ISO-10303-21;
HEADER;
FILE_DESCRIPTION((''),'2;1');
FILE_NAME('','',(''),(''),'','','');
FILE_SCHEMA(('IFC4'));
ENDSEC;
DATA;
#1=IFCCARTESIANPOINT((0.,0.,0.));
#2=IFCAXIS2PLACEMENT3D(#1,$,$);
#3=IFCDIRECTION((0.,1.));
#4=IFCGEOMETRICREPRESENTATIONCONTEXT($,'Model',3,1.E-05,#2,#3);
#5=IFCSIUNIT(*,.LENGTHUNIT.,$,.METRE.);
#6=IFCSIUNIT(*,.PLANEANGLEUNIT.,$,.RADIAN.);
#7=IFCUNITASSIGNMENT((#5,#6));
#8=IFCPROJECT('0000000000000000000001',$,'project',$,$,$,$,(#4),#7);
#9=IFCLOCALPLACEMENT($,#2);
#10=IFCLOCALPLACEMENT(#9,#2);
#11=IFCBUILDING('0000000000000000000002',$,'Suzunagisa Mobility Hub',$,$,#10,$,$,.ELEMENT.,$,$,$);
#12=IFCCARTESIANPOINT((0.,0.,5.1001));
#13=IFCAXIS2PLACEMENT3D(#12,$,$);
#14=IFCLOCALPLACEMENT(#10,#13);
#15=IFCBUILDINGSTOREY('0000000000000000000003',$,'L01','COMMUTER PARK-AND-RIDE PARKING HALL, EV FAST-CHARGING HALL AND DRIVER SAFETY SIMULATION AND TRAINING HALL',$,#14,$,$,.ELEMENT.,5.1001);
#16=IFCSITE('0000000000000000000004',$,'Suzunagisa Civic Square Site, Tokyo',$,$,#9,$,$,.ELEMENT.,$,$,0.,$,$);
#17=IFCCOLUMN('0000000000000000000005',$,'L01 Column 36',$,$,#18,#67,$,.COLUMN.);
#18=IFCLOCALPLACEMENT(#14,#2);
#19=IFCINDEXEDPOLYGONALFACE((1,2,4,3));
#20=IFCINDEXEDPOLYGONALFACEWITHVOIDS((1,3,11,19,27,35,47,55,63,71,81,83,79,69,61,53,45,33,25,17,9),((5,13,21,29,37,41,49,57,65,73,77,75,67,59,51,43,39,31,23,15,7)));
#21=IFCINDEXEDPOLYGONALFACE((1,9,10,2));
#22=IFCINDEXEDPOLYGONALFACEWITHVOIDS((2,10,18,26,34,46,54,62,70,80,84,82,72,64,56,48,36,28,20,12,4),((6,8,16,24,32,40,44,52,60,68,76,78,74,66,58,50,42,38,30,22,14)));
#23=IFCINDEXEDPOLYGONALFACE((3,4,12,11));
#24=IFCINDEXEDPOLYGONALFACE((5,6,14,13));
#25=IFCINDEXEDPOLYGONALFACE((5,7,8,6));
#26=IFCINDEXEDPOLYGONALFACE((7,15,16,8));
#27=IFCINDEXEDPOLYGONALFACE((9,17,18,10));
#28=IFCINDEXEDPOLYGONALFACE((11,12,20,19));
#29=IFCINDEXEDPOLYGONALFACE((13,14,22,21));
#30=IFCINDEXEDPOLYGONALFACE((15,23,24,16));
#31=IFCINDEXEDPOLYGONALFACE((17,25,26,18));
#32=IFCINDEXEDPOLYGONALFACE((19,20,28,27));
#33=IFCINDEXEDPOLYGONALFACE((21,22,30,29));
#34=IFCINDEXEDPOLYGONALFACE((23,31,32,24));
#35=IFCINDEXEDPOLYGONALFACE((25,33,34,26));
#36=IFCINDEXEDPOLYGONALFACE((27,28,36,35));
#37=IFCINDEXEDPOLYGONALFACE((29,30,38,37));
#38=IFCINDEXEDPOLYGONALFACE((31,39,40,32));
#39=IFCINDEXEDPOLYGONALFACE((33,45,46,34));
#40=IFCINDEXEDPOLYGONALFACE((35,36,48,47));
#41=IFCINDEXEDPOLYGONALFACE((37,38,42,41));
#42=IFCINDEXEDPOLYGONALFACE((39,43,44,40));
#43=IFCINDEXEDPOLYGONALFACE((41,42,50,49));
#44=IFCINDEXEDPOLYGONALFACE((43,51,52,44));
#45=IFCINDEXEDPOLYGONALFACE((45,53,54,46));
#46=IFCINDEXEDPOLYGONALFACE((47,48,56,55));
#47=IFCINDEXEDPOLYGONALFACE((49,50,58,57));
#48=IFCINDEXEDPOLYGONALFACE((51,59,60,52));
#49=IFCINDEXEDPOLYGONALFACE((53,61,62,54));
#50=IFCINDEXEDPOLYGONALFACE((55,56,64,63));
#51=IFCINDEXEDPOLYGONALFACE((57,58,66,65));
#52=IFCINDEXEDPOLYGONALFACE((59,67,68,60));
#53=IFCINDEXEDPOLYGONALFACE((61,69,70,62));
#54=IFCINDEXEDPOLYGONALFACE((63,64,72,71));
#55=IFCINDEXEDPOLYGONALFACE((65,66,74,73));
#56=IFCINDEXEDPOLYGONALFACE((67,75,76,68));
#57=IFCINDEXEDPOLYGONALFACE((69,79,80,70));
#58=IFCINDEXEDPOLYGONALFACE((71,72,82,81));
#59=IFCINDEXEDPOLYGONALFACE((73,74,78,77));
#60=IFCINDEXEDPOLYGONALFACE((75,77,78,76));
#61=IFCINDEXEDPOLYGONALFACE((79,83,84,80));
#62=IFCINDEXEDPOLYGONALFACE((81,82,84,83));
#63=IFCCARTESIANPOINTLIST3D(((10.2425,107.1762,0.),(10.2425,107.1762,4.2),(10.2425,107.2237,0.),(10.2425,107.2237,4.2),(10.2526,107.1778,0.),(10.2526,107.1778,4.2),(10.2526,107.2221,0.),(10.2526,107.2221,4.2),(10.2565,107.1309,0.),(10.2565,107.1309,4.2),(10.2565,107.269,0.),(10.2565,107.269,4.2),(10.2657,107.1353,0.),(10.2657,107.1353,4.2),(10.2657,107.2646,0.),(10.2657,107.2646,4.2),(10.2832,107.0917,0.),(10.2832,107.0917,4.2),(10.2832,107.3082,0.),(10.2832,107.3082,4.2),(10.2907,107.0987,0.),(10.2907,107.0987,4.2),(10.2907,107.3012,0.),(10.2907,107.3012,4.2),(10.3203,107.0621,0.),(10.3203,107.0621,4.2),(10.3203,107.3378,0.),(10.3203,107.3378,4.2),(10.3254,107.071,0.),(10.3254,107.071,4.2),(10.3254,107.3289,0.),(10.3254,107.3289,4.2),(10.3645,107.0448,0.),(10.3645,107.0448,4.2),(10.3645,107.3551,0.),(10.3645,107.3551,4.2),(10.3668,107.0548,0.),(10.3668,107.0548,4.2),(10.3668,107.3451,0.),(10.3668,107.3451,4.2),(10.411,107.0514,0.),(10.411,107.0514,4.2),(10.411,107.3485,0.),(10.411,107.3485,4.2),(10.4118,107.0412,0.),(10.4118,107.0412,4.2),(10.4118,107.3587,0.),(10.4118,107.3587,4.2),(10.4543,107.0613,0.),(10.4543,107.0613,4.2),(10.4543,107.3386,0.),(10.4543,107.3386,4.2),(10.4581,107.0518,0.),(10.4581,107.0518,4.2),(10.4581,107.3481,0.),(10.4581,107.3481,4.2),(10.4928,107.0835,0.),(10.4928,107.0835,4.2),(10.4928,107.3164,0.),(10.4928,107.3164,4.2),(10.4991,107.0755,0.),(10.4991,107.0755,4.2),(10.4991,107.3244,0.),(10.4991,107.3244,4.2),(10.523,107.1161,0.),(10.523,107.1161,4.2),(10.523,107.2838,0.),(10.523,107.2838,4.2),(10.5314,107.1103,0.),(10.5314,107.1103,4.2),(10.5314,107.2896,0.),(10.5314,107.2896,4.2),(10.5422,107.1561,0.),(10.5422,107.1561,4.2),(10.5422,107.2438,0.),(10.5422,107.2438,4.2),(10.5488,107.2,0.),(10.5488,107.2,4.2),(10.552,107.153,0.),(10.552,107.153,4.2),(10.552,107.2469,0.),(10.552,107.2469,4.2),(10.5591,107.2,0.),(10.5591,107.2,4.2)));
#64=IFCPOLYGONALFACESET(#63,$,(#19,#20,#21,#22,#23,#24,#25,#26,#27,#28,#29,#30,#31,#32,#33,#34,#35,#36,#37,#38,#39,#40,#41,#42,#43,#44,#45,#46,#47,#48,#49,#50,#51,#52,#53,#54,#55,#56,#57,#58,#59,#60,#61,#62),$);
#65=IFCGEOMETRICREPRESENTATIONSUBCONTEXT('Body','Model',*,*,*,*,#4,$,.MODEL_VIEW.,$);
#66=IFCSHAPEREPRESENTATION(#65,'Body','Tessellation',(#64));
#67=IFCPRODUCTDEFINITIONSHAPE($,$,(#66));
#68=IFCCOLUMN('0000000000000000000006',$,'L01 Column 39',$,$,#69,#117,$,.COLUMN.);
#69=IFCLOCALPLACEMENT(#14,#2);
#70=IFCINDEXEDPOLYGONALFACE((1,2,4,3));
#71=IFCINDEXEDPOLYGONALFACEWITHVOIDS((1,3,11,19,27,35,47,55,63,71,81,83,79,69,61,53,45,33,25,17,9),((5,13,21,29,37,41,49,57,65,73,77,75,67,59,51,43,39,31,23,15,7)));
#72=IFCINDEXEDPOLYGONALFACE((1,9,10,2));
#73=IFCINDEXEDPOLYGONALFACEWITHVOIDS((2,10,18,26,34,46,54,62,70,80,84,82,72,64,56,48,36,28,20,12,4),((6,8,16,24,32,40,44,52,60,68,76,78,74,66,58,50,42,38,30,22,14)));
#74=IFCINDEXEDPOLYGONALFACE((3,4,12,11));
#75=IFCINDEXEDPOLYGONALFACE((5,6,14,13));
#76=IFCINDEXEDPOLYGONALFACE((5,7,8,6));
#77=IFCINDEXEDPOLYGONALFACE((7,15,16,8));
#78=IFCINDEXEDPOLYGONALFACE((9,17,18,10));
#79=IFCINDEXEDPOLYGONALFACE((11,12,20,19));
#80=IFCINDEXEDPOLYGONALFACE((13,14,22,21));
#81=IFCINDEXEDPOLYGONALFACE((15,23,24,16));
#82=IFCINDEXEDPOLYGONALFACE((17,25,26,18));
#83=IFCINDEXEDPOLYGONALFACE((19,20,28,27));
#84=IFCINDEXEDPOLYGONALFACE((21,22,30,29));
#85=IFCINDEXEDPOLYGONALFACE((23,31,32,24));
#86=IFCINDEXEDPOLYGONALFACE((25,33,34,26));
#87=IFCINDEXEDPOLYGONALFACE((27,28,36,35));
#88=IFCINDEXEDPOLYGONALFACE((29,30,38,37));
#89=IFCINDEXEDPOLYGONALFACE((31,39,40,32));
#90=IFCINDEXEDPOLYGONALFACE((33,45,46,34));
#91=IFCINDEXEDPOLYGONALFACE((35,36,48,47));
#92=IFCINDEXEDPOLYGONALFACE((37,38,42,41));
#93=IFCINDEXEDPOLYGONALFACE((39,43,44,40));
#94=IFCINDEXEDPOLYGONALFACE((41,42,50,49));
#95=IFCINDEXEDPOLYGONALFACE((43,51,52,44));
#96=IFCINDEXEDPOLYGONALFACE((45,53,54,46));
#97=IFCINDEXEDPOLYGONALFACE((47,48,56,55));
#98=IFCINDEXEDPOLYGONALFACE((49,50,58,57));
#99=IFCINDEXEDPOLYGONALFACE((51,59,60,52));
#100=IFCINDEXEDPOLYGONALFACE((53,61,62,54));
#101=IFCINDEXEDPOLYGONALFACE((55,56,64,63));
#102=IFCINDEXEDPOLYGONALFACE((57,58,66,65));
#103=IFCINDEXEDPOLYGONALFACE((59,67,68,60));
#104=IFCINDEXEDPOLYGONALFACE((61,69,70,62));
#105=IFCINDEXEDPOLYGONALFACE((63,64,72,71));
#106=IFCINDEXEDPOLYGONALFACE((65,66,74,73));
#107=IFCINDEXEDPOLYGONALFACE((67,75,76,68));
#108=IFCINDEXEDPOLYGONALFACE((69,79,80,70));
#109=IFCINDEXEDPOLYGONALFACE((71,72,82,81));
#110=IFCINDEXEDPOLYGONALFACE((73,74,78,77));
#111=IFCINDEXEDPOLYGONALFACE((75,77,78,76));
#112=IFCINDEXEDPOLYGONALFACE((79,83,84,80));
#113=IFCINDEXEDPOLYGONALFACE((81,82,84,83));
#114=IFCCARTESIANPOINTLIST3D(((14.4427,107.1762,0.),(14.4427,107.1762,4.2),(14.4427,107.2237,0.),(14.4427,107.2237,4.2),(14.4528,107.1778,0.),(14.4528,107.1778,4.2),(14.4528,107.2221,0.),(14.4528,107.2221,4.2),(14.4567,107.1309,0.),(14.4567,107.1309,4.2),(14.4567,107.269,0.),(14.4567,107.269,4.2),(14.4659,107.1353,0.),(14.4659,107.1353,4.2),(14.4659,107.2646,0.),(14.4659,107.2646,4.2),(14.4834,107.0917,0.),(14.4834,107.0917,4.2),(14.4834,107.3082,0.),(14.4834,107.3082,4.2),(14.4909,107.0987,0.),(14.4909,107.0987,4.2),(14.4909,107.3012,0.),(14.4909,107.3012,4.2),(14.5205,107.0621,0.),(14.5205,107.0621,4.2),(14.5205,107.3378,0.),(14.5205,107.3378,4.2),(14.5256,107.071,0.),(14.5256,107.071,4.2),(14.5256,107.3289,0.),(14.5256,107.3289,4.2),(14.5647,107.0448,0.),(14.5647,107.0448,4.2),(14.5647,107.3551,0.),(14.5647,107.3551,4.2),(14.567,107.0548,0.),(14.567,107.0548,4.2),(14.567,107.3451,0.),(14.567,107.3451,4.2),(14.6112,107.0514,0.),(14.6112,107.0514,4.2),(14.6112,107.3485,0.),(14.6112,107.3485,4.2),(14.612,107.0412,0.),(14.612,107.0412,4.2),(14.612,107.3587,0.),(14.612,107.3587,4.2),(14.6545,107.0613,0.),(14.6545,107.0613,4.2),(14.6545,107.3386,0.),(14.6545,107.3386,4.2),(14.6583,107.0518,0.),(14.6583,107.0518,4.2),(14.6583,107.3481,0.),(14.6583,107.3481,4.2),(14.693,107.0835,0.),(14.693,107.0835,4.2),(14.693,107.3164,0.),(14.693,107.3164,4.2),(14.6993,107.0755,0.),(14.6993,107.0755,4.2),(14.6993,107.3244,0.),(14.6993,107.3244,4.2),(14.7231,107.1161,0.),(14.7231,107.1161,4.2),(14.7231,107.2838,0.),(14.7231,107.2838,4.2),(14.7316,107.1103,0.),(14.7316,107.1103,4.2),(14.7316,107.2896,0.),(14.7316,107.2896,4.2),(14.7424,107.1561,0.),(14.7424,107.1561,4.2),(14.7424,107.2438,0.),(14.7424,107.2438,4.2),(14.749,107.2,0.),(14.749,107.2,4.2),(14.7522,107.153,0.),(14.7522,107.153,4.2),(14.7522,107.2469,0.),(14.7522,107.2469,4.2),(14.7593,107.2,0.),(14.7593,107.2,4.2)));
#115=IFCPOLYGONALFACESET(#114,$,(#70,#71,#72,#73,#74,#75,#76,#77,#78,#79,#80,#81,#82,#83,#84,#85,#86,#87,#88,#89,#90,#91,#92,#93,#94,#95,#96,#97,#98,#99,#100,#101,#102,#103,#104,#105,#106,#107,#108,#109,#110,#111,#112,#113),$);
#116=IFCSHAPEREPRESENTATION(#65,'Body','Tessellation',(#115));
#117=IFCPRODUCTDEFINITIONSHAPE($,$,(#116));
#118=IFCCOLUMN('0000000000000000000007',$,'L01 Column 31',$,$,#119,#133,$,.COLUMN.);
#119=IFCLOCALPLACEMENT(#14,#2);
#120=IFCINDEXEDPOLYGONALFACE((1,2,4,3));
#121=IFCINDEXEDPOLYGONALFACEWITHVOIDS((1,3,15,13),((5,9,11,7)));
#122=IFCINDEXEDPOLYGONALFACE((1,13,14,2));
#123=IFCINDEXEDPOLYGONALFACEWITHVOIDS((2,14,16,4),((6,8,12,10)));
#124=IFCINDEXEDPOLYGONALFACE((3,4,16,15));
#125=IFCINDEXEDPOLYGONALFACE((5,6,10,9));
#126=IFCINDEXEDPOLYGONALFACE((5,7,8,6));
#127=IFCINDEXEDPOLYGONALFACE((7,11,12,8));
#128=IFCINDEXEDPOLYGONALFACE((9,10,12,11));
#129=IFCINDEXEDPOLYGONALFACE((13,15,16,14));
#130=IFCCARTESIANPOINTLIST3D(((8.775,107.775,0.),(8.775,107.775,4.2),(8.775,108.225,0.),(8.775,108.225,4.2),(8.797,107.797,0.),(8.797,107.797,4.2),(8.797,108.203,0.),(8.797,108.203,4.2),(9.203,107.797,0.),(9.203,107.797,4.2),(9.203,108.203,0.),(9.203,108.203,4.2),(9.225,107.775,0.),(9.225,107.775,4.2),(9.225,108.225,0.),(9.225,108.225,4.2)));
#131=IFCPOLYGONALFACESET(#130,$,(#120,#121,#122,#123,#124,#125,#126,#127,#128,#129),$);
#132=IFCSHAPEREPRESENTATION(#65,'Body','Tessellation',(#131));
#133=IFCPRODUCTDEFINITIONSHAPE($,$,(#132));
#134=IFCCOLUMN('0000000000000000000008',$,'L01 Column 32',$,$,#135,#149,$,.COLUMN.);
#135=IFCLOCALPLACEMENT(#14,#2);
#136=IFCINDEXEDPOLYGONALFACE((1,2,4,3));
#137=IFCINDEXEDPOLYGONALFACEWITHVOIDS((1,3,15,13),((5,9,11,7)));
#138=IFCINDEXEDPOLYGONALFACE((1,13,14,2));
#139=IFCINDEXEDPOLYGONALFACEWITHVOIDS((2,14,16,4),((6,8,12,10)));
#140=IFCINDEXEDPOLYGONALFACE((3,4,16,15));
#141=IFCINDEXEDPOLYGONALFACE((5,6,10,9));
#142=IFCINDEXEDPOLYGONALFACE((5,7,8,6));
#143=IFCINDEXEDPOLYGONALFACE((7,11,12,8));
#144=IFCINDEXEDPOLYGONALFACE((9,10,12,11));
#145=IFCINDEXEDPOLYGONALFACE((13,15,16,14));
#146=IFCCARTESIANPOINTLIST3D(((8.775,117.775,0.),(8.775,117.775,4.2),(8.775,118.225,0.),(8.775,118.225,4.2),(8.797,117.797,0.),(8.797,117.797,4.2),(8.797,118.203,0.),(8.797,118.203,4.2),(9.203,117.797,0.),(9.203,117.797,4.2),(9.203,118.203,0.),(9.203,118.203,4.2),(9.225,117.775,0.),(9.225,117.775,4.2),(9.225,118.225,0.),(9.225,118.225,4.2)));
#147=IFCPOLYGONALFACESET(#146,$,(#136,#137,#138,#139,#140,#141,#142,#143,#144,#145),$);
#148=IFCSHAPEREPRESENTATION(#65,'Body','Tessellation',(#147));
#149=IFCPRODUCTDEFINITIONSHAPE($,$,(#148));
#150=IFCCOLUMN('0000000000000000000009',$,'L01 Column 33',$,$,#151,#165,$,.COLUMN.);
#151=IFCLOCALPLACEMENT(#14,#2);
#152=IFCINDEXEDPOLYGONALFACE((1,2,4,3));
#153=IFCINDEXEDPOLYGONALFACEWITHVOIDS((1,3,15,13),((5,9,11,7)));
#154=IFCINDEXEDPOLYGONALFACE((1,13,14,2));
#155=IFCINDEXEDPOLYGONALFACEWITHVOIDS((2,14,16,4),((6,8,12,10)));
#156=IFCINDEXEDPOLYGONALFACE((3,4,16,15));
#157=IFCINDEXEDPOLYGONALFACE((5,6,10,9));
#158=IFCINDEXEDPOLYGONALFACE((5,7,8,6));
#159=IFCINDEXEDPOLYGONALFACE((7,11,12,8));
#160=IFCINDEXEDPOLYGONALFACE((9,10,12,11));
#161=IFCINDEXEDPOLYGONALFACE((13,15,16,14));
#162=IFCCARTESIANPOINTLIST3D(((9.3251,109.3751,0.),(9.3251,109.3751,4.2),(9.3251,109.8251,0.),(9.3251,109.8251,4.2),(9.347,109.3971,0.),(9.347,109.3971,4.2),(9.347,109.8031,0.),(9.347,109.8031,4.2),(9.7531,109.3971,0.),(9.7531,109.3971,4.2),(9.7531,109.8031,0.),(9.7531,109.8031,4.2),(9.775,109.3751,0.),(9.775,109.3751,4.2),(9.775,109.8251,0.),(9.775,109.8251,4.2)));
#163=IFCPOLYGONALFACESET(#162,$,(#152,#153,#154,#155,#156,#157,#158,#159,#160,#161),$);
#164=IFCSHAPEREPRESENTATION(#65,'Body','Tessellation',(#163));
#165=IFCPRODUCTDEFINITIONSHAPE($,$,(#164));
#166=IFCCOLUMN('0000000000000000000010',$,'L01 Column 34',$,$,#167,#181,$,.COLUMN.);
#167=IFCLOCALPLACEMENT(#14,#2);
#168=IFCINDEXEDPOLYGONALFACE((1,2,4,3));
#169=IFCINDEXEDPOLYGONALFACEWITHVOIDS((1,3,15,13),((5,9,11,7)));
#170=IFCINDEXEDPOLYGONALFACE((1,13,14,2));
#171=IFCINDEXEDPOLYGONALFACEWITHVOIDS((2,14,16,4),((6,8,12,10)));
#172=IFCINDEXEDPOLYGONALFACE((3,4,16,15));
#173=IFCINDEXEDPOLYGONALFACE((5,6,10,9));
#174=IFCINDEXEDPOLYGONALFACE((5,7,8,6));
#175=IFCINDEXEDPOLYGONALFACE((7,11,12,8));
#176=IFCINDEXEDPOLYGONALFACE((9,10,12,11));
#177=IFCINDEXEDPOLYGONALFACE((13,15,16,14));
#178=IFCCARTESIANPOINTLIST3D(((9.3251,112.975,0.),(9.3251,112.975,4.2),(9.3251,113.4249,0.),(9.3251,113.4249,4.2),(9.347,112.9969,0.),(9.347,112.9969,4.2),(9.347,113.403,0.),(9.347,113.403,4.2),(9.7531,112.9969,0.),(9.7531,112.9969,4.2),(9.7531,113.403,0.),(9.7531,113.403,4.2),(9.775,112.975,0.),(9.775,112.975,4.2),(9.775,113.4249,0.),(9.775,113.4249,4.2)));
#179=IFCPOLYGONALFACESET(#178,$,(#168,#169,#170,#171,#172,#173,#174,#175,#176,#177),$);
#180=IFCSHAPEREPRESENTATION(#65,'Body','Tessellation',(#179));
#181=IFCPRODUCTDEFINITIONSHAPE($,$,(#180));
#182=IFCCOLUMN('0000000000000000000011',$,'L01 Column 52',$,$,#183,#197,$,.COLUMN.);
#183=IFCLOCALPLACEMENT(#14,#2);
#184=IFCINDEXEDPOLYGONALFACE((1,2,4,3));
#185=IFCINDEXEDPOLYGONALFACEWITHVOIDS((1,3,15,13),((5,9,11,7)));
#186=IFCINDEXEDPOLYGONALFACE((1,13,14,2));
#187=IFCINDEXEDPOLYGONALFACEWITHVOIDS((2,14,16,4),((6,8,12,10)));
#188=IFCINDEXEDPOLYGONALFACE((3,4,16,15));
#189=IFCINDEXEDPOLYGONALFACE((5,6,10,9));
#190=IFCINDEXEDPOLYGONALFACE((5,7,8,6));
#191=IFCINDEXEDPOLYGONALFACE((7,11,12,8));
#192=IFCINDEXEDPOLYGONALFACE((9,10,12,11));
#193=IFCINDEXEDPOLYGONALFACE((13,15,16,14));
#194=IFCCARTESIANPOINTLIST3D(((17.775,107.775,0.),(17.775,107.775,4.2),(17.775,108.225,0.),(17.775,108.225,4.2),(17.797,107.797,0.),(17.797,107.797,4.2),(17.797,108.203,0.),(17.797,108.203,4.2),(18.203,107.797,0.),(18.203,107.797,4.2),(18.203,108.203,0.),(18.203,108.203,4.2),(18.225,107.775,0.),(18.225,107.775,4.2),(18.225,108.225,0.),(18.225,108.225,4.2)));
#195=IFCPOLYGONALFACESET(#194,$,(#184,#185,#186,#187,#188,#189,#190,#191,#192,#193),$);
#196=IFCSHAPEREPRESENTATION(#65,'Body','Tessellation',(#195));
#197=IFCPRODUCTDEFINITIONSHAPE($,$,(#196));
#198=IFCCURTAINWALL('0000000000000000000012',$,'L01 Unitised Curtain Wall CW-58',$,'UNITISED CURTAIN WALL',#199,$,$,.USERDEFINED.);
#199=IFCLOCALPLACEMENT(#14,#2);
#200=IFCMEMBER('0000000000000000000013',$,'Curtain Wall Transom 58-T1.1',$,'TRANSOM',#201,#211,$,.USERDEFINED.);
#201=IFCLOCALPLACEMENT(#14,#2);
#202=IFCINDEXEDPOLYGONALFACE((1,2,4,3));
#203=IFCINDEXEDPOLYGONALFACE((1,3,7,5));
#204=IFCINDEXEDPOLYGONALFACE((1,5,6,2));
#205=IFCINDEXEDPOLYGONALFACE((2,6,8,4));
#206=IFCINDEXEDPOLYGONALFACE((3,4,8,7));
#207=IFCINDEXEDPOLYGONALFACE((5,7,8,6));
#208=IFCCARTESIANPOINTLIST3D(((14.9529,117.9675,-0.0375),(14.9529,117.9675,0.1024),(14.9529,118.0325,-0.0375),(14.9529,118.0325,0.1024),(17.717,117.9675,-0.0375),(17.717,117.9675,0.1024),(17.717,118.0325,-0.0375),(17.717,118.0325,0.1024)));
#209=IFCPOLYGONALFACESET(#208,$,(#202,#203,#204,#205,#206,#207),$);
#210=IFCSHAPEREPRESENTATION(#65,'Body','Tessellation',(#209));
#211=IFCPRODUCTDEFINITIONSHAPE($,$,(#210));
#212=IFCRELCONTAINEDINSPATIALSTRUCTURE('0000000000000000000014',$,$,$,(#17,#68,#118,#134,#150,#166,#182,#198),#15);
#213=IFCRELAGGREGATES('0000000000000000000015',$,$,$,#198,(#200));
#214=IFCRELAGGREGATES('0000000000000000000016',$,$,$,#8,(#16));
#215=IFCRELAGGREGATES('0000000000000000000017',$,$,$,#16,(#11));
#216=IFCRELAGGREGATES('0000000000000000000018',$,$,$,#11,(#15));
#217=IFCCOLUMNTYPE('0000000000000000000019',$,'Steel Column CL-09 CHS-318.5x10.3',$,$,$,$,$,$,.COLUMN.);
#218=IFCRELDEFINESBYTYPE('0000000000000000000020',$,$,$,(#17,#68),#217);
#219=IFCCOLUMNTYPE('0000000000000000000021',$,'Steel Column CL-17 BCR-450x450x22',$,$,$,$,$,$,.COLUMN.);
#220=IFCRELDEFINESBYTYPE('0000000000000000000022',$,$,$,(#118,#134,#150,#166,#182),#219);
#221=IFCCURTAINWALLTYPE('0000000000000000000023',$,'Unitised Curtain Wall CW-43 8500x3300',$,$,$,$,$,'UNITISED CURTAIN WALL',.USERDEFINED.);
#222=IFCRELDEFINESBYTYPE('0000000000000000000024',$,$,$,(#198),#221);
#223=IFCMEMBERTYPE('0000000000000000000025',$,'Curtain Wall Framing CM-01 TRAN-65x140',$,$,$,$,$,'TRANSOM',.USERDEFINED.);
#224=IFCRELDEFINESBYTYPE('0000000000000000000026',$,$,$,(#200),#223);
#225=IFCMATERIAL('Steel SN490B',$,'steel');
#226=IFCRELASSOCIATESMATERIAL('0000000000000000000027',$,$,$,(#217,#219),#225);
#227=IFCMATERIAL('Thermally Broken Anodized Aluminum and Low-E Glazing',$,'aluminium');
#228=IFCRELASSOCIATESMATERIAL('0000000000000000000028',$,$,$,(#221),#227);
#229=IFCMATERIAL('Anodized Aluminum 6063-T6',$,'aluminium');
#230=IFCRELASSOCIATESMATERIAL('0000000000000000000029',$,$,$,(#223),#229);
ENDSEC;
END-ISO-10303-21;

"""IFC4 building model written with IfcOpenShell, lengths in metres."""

from ifc_helpers import new_model, si_unit, direction, frame, origin, origin_2d, place, context, subcontext, project, spatial, rectangle, hollow_rectangle, hollow_circle, extrude, material, material_profile, profile_set, type_object, element, aggregate, save


model = new_model("IFC4")

# Units and contexts
model_context = context("Model", 3, precision=1e-05, world=origin(), true_north=direction((0.0, 1.0)))
body_context = subcontext(model_context, "Body", "Model", "MODEL_VIEW")
ifc_project = project(units=[si_unit("LENGTHUNIT", "METRE"), si_unit("PLANEANGLEUNIT", "RADIAN")], contexts=[model_context])

# Site, building, storey
site_placement = place(None, origin())
site = spatial("IfcSite", under=ifc_project, at=site_placement, Name="Suzunagisa Civic Square Site, Tokyo", CompositionType="ELEMENT", RefElevation=0.0)
building_placement = place(site_placement, origin())
building = spatial("IfcBuilding", under=site, at=building_placement, Name="Suzunagisa Mobility Hub", CompositionType="ELEMENT")
storey_placement = place(building_placement, frame((0.0, 0.0, 5.1001)))
storey = spatial("IfcBuildingStorey", under=building, at=storey_placement, Name="L01", Description="COMMUTER PARK-AND-RIDE PARKING HALL, EV FAST-CHARGING HALL AND DRIVER SAFETY SIMULATION AND TRAINING HALL", CompositionType="ELEMENT", Elevation=5.1001)

# Columns
ifc_material_1 = material(Name="Steel SN490B", Category="steel")
ifc_material_profile_1 = material_profile(ifc_material_1, hollow_circle(Radius=0.1592, WallThickness=0.0103, at=origin_2d()), Name="CHS-318.5x10.3")
ifc_profile_set_1 = profile_set([ifc_material_profile_1], Name="Steel SN490B")
column_type_1 = type_object("IfcColumnType", Name="Steel Column CL-09 CHS-318.5x10.3", PredefinedType="COLUMN", material=ifc_profile_set_1)
for number, where, z_axis, x_axis, name in (
    (1, (10.3999, 107.2, 0.0), (0.0, 0.0, 1.0), (1.0, 0.0, 0.0), "L01 Column 36"),
    (2, (14.6001, 107.2, 0.0), (0.0, 0.0, 1.0), (1.0, 0.0, 0.0), "L01 Column 39"),
):
    element("IfcColumn", number, at=place(storey_placement, frame(where, z_axis=z_axis, x_axis=x_axis)), inside=storey, type_object=column_type_1, Name=name, PredefinedType="COLUMN", context=body_context, shape_type="SweptSolid", body=[
        extrude(hollow_circle(Radius=0.1592, WallThickness=0.0103, at=origin_2d()), origin(), (0.0, 0.0, 1.0), 4.2),
    ])
ifc_material_profile_2 = material_profile(ifc_material_1, hollow_rectangle(XDim=0.45, YDim=0.45, WallThickness=0.022, at=origin_2d()), Name="BCR-450x450x22")
ifc_profile_set_2 = profile_set([ifc_material_profile_2], Name="Steel SN490B")
column_type_2 = type_object("IfcColumnType", Name="Steel Column CL-17 BCR-450x450x22", PredefinedType="COLUMN", material=ifc_profile_set_2)
for number, where, z_axis, x_axis, name in (
    (3, (9.0, 108.0, 0.0), (0.0, 0.0, 1.0), (1.0, 0.0, 0.0), "L01 Column 31"),
    (4, (9.0, 118.0, 0.0), (0.0, 0.0, 1.0), (1.0, 0.0, 0.0), "L01 Column 32"),
    (5, (9.55, 109.6001, 0.0), (0.0, 0.0, 1.0), (1.0, 0.0, 0.0), "L01 Column 33"),
    (6, (9.55, 113.2, 0.0), (0.0, 0.0, 1.0), (1.0, 0.0, 0.0), "L01 Column 34"),
    (7, (18.0, 108.0, 0.0), (0.0, 0.0, 1.0), (1.0, 0.0, 0.0), "L01 Column 52"),
):
    element("IfcColumn", number, at=place(storey_placement, frame(where, z_axis=z_axis, x_axis=x_axis)), inside=storey, type_object=column_type_2, Name=name, PredefinedType="COLUMN", context=body_context, shape_type="SweptSolid", body=[
        extrude(hollow_rectangle(XDim=0.45, YDim=0.45, WallThickness=0.022, at=origin_2d()), origin(), (0.0, 0.0, 1.0), 4.2),
    ])

# Curtain wall, member
ifc_material_2 = material(Name="Thermally Broken Anodized Aluminum and Low-E Glazing", Category="aluminium")
curtain_wall_type = type_object("IfcCurtainWallType", Name="Unitised Curtain Wall CW-43 8500x3300", ElementType="UNITISED CURTAIN WALL", PredefinedType="USERDEFINED", material=ifc_material_2)
curtain_wall_placement = place(storey_placement, origin())
curtain_wall = element("IfcCurtainWall", 8, at=curtain_wall_placement, inside=storey, type_object=curtain_wall_type, Name="L01 Unitised Curtain Wall CW-58", ObjectType="UNITISED CURTAIN WALL", PredefinedType="USERDEFINED")
ifc_material_3 = material(Name="Anodized Aluminum 6063-T6", Category="aluminium")
ifc_material_profile_3 = material_profile(ifc_material_3, rectangle(XDim=0.0649, YDim=0.1399, at=origin_2d()), Name="TRAN-65x140")
ifc_profile_set_3 = profile_set([ifc_material_profile_3], Name="Anodized Aluminum 6063-T6")
member_type_1 = type_object("IfcMemberType", Name="Curtain Wall Framing CM-01 TRAN-65x140", ElementType="TRANSOM", PredefinedType="USERDEFINED", material=ifc_profile_set_3)
member_1_placement = place(storey_placement, frame((17.717, 118.0, 0.0325), z_axis=(-1.0, 0.0, 0.0), x_axis=(0.0, -1.0, 0.0)))
member_1 = element("IfcMember", 9, at=member_1_placement, type_object=member_type_1, Name="Curtain Wall Transom 58-T1.1", ObjectType="TRANSOM", PredefinedType="USERDEFINED", context=body_context, shape_type="SweptSolid", body=[
    extrude(rectangle(XDim=0.0649, YDim=0.1399, at=origin_2d()), origin(), (0.0, 0.0, 1.0), 2.7642),
])

aggregate(curtain_wall, [member_1])

save(model, "model.ifc")
